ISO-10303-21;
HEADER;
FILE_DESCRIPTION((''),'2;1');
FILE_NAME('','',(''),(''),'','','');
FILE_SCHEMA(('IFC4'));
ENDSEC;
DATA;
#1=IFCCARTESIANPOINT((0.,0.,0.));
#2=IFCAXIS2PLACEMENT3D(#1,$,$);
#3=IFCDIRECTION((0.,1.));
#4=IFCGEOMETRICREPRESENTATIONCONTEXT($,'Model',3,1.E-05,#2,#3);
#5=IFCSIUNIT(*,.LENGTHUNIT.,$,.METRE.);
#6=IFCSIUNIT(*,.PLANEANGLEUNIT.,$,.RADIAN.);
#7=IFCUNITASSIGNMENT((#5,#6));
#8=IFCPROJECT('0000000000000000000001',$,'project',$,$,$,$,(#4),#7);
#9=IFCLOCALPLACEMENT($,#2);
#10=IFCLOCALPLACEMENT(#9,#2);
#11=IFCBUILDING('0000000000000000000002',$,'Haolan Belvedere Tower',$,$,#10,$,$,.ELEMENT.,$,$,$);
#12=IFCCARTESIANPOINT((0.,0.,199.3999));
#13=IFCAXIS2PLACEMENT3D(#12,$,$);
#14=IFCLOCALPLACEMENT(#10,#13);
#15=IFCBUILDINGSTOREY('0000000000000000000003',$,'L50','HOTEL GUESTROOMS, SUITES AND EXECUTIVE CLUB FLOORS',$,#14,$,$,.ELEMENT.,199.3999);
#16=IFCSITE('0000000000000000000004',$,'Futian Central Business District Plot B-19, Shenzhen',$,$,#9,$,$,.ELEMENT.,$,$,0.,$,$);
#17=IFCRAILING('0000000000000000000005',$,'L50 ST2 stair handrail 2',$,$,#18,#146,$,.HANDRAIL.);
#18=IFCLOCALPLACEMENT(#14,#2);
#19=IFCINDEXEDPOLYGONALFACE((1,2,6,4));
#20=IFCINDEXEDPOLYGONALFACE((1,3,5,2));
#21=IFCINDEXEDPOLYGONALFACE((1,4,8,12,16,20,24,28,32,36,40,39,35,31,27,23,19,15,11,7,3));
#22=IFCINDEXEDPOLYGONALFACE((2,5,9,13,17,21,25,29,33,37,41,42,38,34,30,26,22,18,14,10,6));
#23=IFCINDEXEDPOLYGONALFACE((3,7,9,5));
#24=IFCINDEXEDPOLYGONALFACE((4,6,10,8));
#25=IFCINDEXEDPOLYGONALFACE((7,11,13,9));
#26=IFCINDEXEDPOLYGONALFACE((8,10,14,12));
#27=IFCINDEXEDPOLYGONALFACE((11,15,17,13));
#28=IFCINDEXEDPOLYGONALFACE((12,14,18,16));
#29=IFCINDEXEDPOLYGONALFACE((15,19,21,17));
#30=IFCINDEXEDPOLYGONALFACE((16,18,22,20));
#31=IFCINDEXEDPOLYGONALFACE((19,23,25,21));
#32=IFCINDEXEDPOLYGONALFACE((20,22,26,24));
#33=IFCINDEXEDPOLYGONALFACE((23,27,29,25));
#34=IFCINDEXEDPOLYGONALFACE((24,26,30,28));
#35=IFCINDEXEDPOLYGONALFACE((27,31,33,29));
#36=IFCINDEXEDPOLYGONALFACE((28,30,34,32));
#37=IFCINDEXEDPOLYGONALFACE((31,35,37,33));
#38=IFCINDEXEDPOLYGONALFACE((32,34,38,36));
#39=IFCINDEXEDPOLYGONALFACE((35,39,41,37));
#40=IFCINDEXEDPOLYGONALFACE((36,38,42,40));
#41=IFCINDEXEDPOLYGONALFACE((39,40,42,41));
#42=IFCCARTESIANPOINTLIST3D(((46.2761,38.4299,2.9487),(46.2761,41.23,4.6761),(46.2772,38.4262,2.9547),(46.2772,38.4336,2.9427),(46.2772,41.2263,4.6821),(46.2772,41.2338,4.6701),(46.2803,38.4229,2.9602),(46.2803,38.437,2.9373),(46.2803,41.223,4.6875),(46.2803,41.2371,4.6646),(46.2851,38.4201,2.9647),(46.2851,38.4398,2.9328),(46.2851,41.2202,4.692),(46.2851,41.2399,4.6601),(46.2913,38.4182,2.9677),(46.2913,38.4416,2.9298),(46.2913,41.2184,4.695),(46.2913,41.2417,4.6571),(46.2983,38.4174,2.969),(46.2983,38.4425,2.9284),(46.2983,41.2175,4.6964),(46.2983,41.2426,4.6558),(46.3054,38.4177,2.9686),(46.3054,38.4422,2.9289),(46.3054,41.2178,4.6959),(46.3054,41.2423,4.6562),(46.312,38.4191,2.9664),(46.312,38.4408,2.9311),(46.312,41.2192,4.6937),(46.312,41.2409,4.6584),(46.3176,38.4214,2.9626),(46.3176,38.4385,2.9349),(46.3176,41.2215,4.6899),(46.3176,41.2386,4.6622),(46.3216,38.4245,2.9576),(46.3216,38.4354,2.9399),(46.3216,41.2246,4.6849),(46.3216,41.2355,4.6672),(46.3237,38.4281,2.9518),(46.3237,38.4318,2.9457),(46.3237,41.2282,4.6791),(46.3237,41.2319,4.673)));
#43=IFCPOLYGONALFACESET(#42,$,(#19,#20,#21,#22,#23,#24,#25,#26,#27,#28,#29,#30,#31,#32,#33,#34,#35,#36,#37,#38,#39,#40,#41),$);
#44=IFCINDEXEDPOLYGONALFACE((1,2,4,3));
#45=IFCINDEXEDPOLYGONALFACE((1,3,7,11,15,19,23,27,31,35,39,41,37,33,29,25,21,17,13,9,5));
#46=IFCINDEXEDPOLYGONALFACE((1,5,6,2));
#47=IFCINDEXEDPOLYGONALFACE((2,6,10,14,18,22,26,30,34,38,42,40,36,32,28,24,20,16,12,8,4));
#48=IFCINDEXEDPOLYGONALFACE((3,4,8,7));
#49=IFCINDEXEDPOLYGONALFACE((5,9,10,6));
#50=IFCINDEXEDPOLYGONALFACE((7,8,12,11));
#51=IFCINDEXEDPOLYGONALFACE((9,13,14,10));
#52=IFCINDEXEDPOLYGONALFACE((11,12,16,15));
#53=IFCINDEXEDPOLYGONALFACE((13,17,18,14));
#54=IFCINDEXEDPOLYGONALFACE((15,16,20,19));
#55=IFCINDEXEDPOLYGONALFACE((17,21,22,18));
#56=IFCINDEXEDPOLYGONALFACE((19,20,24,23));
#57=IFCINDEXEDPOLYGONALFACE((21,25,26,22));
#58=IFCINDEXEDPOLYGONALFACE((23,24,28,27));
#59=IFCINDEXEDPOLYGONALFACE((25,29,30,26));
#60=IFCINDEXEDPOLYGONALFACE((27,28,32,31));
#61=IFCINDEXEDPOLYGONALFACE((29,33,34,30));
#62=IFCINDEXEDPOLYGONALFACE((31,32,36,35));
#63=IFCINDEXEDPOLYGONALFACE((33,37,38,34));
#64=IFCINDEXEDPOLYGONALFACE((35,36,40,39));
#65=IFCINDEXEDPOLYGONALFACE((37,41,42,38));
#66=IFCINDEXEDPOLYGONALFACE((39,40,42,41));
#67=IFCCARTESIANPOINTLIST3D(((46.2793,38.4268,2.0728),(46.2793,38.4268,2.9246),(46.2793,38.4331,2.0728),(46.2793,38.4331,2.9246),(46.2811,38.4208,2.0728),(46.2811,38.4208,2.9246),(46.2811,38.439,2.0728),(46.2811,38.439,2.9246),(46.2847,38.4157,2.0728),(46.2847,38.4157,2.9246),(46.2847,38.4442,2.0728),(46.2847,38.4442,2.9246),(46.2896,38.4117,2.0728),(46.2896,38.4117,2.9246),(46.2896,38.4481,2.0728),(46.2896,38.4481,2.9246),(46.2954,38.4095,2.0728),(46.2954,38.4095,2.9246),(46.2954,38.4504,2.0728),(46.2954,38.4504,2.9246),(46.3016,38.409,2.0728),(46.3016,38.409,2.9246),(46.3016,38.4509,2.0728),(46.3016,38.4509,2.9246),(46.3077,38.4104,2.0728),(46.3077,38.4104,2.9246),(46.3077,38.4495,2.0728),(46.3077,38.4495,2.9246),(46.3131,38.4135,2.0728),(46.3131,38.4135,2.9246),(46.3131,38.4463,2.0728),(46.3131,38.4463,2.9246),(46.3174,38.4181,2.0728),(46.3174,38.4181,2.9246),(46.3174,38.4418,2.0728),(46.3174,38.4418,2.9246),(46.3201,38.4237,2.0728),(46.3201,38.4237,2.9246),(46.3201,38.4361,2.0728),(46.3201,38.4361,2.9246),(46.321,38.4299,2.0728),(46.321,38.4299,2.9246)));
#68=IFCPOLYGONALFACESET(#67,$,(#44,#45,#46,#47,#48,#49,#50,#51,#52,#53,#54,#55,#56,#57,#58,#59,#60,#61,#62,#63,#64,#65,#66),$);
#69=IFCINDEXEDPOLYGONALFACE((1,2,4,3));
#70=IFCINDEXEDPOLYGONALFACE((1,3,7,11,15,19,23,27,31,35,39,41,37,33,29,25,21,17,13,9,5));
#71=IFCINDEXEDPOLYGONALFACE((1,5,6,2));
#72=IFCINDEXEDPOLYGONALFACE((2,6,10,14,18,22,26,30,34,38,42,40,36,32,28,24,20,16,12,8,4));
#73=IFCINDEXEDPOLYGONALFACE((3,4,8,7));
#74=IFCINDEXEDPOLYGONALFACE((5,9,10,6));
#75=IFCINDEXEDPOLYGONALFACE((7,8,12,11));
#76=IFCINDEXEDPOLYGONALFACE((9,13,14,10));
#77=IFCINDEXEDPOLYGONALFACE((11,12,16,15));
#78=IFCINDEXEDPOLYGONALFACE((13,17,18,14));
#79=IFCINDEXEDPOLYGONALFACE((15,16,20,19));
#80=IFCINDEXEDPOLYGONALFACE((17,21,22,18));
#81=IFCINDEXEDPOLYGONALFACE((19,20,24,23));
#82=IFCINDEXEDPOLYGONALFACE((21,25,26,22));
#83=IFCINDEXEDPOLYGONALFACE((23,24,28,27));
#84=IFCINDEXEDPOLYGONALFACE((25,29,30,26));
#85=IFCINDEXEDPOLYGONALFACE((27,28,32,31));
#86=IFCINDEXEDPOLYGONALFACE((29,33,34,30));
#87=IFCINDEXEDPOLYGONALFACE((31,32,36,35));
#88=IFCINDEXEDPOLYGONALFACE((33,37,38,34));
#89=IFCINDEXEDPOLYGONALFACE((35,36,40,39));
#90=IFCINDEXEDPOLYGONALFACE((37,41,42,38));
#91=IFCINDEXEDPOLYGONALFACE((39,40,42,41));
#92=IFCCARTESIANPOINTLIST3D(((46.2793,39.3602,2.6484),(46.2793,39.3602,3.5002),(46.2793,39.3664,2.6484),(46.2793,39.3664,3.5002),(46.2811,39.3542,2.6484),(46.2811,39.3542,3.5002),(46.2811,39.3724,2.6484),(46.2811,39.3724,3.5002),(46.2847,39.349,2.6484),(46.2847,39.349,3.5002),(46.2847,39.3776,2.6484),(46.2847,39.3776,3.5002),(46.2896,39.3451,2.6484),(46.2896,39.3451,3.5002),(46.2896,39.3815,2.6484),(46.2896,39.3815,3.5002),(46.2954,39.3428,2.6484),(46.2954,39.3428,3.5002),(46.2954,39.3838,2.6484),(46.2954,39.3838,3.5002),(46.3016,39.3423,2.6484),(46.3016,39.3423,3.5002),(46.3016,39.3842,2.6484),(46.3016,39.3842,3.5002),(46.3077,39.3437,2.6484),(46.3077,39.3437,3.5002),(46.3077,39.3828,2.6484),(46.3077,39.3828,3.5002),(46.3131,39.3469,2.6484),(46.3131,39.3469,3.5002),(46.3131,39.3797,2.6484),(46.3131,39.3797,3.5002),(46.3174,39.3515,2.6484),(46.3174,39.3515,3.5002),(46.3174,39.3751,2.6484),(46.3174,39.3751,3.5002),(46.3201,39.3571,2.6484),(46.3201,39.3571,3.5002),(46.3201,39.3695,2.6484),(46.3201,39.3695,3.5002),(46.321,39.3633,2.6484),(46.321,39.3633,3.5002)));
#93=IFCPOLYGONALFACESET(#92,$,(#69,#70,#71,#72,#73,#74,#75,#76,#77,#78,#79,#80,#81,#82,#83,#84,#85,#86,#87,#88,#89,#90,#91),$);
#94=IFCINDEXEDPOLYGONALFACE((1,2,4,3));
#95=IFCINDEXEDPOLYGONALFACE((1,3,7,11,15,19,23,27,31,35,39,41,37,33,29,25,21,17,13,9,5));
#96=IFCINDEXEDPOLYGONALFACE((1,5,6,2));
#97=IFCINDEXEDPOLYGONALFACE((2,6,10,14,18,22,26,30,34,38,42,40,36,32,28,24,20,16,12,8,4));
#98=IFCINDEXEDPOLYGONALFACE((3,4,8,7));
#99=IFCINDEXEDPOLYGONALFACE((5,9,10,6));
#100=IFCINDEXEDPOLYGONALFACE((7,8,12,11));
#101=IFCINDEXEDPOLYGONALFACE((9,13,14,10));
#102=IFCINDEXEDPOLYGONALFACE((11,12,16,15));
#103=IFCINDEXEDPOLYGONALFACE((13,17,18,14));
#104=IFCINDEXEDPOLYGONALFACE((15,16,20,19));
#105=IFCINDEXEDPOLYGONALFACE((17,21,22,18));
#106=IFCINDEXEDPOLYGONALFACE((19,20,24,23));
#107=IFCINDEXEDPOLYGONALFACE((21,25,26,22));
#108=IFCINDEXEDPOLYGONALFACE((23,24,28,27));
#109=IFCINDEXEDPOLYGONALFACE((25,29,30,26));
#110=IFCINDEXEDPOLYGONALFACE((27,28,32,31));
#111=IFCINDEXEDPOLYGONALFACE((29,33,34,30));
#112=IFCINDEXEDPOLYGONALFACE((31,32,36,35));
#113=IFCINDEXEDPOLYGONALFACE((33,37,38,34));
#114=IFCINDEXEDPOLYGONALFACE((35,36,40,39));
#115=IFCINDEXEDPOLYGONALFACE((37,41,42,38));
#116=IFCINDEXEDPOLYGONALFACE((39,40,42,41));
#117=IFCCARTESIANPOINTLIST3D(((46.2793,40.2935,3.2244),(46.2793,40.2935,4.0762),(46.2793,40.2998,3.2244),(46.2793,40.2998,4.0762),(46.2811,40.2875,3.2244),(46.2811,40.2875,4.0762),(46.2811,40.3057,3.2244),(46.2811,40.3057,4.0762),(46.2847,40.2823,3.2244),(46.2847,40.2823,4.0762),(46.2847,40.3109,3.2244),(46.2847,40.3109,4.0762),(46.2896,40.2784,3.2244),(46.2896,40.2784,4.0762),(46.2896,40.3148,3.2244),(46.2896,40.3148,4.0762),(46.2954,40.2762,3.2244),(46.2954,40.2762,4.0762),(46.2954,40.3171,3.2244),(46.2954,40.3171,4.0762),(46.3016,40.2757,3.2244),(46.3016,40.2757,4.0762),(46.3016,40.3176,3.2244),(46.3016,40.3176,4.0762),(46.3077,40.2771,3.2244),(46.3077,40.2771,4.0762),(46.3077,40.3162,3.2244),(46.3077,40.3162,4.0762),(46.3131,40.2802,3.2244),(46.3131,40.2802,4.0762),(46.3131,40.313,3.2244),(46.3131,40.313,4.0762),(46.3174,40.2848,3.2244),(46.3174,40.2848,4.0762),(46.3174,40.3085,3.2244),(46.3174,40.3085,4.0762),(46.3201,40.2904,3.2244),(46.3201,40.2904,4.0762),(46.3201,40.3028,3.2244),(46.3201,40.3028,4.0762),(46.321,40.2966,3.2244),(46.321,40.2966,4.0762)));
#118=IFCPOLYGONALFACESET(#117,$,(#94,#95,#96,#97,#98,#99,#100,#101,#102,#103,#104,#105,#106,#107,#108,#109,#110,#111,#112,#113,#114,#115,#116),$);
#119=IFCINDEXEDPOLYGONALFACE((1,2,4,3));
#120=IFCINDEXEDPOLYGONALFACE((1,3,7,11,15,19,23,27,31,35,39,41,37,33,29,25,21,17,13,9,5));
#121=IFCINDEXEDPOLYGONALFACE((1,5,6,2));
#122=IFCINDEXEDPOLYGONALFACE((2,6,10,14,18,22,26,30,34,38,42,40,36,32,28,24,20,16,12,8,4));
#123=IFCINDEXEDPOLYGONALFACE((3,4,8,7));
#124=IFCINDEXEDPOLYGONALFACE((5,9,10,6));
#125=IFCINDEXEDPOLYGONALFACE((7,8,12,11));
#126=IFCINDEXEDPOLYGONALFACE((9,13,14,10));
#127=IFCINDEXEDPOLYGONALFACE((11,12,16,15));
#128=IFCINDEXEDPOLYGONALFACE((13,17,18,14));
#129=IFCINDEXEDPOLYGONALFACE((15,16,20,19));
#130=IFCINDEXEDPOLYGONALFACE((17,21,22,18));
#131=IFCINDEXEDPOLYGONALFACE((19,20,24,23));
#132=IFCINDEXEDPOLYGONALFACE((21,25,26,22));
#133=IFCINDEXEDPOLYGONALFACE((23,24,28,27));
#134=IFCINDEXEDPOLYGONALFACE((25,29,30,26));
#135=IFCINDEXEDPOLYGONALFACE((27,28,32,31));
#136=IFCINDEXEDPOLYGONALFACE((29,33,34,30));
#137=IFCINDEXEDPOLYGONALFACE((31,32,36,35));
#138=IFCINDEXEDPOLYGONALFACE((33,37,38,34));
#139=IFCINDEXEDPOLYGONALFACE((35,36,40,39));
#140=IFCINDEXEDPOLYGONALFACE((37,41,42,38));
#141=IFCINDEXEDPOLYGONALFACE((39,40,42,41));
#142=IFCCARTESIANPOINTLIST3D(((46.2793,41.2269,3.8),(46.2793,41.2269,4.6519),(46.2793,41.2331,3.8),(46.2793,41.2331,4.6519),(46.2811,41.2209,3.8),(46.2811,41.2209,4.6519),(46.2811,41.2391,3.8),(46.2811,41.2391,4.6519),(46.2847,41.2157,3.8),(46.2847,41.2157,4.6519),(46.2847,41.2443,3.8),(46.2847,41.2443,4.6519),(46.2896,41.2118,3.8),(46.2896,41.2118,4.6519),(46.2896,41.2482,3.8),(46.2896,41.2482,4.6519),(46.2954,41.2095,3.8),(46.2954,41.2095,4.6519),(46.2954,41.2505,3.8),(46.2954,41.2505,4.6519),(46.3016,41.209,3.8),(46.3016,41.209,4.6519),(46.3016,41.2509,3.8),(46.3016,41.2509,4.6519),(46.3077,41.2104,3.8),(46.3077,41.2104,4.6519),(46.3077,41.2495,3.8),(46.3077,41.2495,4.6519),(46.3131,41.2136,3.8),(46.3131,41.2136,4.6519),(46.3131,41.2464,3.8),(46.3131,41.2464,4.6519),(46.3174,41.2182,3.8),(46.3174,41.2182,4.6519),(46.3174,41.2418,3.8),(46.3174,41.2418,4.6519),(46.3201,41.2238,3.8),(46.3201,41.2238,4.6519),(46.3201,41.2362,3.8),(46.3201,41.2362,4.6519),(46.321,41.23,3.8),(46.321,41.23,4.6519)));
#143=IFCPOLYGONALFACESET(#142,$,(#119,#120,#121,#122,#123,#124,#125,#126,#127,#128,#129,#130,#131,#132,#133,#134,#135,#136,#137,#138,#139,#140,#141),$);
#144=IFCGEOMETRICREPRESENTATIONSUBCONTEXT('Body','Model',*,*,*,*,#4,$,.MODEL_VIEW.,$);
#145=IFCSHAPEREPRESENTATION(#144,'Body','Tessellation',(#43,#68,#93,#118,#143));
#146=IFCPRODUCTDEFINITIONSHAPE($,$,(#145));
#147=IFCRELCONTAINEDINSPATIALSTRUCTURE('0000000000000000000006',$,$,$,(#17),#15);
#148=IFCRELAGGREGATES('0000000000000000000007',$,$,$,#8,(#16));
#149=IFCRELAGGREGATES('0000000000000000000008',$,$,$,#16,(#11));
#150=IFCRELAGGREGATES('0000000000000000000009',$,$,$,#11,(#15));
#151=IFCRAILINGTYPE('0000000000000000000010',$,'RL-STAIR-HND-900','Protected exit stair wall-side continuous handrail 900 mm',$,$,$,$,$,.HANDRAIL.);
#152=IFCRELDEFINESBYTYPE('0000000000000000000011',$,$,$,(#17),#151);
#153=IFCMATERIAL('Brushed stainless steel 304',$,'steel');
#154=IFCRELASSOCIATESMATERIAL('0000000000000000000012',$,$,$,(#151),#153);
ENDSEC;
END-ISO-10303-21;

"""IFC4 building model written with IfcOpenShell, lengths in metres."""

from ifc_helpers import new_model, si_unit, direction, frame, origin, origin_2d, place, context, subcontext, project, spatial, circle, extrude, material, type_object, element, save


model = new_model("IFC4")

# Units and contexts
model_context = context("Model", 3, precision=1e-05, world=origin(), true_north=direction((0.0, 1.0)))
body_context = subcontext(model_context, "Body", "Model", "MODEL_VIEW")
ifc_project = project(units=[si_unit("LENGTHUNIT", "METRE"), si_unit("PLANEANGLEUNIT", "RADIAN")], contexts=[model_context])

# Site, building, storey
site_placement = place(None, origin())
site = spatial("IfcSite", under=ifc_project, at=site_placement, Name="Futian Central Business District Plot B-19, Shenzhen", CompositionType="ELEMENT", RefElevation=0.0)
building_placement = place(site_placement, origin())
building = spatial("IfcBuilding", under=site, at=building_placement, Name="Haolan Belvedere Tower", CompositionType="ELEMENT")
storey_placement = place(building_placement, frame((0.0, 0.0, 199.3999)))
storey = spatial("IfcBuildingStorey", under=building, at=storey_placement, Name="L50", Description="HOTEL GUESTROOMS, SUITES AND EXECUTIVE CLUB FLOORS", CompositionType="ELEMENT", Elevation=199.3999)

# Railing
ifc_material_1 = material(Name="Brushed stainless steel 304", Category="steel")
railing_type_1 = type_object("IfcRailingType", Name="RL-STAIR-HND-900", Description="Protected exit stair wall-side continuous handrail 900 mm", PredefinedType="HANDRAIL", material=ifc_material_1)
railing_1_placement = place(storey_placement, frame((46.3, 38.4299, 2.0728)))
element("IfcRailing", 1, at=railing_1_placement, inside=storey, type_object=railing_type_1, Name="L50 ST2 stair handrail 2", PredefinedType="HANDRAIL", context=body_context, shape_type="SweptSolid", body=[
    extrude(circle(Radius=0.0239, at=origin_2d()), frame((0.0, 0.0, 0.876), z_axis=(0.0, 0.85109, 0.52502), x_axis=(-1.0, 0.0, 0.0)), (0.0, 0.0, 1.0), 3.29),
    extrude(circle(Radius=0.021, at=origin_2d()), origin(), (0.0, 0.0, 1.0), 0.8518),
    extrude(circle(Radius=0.021, at=origin_2d()), frame((0.0, 0.9333, 0.5757)), (0.0, 0.0, 1.0), 0.8518),
    extrude(circle(Radius=0.021, at=origin_2d()), frame((0.0, 1.8667, 1.1516)), (0.0, 0.0, 1.0), 0.8518),
    extrude(circle(Radius=0.021, at=origin_2d()), frame((0.0, 2.8, 1.7273)), (0.0, 0.0, 1.0), 0.8518),
])

save(model, "model.ifc")
